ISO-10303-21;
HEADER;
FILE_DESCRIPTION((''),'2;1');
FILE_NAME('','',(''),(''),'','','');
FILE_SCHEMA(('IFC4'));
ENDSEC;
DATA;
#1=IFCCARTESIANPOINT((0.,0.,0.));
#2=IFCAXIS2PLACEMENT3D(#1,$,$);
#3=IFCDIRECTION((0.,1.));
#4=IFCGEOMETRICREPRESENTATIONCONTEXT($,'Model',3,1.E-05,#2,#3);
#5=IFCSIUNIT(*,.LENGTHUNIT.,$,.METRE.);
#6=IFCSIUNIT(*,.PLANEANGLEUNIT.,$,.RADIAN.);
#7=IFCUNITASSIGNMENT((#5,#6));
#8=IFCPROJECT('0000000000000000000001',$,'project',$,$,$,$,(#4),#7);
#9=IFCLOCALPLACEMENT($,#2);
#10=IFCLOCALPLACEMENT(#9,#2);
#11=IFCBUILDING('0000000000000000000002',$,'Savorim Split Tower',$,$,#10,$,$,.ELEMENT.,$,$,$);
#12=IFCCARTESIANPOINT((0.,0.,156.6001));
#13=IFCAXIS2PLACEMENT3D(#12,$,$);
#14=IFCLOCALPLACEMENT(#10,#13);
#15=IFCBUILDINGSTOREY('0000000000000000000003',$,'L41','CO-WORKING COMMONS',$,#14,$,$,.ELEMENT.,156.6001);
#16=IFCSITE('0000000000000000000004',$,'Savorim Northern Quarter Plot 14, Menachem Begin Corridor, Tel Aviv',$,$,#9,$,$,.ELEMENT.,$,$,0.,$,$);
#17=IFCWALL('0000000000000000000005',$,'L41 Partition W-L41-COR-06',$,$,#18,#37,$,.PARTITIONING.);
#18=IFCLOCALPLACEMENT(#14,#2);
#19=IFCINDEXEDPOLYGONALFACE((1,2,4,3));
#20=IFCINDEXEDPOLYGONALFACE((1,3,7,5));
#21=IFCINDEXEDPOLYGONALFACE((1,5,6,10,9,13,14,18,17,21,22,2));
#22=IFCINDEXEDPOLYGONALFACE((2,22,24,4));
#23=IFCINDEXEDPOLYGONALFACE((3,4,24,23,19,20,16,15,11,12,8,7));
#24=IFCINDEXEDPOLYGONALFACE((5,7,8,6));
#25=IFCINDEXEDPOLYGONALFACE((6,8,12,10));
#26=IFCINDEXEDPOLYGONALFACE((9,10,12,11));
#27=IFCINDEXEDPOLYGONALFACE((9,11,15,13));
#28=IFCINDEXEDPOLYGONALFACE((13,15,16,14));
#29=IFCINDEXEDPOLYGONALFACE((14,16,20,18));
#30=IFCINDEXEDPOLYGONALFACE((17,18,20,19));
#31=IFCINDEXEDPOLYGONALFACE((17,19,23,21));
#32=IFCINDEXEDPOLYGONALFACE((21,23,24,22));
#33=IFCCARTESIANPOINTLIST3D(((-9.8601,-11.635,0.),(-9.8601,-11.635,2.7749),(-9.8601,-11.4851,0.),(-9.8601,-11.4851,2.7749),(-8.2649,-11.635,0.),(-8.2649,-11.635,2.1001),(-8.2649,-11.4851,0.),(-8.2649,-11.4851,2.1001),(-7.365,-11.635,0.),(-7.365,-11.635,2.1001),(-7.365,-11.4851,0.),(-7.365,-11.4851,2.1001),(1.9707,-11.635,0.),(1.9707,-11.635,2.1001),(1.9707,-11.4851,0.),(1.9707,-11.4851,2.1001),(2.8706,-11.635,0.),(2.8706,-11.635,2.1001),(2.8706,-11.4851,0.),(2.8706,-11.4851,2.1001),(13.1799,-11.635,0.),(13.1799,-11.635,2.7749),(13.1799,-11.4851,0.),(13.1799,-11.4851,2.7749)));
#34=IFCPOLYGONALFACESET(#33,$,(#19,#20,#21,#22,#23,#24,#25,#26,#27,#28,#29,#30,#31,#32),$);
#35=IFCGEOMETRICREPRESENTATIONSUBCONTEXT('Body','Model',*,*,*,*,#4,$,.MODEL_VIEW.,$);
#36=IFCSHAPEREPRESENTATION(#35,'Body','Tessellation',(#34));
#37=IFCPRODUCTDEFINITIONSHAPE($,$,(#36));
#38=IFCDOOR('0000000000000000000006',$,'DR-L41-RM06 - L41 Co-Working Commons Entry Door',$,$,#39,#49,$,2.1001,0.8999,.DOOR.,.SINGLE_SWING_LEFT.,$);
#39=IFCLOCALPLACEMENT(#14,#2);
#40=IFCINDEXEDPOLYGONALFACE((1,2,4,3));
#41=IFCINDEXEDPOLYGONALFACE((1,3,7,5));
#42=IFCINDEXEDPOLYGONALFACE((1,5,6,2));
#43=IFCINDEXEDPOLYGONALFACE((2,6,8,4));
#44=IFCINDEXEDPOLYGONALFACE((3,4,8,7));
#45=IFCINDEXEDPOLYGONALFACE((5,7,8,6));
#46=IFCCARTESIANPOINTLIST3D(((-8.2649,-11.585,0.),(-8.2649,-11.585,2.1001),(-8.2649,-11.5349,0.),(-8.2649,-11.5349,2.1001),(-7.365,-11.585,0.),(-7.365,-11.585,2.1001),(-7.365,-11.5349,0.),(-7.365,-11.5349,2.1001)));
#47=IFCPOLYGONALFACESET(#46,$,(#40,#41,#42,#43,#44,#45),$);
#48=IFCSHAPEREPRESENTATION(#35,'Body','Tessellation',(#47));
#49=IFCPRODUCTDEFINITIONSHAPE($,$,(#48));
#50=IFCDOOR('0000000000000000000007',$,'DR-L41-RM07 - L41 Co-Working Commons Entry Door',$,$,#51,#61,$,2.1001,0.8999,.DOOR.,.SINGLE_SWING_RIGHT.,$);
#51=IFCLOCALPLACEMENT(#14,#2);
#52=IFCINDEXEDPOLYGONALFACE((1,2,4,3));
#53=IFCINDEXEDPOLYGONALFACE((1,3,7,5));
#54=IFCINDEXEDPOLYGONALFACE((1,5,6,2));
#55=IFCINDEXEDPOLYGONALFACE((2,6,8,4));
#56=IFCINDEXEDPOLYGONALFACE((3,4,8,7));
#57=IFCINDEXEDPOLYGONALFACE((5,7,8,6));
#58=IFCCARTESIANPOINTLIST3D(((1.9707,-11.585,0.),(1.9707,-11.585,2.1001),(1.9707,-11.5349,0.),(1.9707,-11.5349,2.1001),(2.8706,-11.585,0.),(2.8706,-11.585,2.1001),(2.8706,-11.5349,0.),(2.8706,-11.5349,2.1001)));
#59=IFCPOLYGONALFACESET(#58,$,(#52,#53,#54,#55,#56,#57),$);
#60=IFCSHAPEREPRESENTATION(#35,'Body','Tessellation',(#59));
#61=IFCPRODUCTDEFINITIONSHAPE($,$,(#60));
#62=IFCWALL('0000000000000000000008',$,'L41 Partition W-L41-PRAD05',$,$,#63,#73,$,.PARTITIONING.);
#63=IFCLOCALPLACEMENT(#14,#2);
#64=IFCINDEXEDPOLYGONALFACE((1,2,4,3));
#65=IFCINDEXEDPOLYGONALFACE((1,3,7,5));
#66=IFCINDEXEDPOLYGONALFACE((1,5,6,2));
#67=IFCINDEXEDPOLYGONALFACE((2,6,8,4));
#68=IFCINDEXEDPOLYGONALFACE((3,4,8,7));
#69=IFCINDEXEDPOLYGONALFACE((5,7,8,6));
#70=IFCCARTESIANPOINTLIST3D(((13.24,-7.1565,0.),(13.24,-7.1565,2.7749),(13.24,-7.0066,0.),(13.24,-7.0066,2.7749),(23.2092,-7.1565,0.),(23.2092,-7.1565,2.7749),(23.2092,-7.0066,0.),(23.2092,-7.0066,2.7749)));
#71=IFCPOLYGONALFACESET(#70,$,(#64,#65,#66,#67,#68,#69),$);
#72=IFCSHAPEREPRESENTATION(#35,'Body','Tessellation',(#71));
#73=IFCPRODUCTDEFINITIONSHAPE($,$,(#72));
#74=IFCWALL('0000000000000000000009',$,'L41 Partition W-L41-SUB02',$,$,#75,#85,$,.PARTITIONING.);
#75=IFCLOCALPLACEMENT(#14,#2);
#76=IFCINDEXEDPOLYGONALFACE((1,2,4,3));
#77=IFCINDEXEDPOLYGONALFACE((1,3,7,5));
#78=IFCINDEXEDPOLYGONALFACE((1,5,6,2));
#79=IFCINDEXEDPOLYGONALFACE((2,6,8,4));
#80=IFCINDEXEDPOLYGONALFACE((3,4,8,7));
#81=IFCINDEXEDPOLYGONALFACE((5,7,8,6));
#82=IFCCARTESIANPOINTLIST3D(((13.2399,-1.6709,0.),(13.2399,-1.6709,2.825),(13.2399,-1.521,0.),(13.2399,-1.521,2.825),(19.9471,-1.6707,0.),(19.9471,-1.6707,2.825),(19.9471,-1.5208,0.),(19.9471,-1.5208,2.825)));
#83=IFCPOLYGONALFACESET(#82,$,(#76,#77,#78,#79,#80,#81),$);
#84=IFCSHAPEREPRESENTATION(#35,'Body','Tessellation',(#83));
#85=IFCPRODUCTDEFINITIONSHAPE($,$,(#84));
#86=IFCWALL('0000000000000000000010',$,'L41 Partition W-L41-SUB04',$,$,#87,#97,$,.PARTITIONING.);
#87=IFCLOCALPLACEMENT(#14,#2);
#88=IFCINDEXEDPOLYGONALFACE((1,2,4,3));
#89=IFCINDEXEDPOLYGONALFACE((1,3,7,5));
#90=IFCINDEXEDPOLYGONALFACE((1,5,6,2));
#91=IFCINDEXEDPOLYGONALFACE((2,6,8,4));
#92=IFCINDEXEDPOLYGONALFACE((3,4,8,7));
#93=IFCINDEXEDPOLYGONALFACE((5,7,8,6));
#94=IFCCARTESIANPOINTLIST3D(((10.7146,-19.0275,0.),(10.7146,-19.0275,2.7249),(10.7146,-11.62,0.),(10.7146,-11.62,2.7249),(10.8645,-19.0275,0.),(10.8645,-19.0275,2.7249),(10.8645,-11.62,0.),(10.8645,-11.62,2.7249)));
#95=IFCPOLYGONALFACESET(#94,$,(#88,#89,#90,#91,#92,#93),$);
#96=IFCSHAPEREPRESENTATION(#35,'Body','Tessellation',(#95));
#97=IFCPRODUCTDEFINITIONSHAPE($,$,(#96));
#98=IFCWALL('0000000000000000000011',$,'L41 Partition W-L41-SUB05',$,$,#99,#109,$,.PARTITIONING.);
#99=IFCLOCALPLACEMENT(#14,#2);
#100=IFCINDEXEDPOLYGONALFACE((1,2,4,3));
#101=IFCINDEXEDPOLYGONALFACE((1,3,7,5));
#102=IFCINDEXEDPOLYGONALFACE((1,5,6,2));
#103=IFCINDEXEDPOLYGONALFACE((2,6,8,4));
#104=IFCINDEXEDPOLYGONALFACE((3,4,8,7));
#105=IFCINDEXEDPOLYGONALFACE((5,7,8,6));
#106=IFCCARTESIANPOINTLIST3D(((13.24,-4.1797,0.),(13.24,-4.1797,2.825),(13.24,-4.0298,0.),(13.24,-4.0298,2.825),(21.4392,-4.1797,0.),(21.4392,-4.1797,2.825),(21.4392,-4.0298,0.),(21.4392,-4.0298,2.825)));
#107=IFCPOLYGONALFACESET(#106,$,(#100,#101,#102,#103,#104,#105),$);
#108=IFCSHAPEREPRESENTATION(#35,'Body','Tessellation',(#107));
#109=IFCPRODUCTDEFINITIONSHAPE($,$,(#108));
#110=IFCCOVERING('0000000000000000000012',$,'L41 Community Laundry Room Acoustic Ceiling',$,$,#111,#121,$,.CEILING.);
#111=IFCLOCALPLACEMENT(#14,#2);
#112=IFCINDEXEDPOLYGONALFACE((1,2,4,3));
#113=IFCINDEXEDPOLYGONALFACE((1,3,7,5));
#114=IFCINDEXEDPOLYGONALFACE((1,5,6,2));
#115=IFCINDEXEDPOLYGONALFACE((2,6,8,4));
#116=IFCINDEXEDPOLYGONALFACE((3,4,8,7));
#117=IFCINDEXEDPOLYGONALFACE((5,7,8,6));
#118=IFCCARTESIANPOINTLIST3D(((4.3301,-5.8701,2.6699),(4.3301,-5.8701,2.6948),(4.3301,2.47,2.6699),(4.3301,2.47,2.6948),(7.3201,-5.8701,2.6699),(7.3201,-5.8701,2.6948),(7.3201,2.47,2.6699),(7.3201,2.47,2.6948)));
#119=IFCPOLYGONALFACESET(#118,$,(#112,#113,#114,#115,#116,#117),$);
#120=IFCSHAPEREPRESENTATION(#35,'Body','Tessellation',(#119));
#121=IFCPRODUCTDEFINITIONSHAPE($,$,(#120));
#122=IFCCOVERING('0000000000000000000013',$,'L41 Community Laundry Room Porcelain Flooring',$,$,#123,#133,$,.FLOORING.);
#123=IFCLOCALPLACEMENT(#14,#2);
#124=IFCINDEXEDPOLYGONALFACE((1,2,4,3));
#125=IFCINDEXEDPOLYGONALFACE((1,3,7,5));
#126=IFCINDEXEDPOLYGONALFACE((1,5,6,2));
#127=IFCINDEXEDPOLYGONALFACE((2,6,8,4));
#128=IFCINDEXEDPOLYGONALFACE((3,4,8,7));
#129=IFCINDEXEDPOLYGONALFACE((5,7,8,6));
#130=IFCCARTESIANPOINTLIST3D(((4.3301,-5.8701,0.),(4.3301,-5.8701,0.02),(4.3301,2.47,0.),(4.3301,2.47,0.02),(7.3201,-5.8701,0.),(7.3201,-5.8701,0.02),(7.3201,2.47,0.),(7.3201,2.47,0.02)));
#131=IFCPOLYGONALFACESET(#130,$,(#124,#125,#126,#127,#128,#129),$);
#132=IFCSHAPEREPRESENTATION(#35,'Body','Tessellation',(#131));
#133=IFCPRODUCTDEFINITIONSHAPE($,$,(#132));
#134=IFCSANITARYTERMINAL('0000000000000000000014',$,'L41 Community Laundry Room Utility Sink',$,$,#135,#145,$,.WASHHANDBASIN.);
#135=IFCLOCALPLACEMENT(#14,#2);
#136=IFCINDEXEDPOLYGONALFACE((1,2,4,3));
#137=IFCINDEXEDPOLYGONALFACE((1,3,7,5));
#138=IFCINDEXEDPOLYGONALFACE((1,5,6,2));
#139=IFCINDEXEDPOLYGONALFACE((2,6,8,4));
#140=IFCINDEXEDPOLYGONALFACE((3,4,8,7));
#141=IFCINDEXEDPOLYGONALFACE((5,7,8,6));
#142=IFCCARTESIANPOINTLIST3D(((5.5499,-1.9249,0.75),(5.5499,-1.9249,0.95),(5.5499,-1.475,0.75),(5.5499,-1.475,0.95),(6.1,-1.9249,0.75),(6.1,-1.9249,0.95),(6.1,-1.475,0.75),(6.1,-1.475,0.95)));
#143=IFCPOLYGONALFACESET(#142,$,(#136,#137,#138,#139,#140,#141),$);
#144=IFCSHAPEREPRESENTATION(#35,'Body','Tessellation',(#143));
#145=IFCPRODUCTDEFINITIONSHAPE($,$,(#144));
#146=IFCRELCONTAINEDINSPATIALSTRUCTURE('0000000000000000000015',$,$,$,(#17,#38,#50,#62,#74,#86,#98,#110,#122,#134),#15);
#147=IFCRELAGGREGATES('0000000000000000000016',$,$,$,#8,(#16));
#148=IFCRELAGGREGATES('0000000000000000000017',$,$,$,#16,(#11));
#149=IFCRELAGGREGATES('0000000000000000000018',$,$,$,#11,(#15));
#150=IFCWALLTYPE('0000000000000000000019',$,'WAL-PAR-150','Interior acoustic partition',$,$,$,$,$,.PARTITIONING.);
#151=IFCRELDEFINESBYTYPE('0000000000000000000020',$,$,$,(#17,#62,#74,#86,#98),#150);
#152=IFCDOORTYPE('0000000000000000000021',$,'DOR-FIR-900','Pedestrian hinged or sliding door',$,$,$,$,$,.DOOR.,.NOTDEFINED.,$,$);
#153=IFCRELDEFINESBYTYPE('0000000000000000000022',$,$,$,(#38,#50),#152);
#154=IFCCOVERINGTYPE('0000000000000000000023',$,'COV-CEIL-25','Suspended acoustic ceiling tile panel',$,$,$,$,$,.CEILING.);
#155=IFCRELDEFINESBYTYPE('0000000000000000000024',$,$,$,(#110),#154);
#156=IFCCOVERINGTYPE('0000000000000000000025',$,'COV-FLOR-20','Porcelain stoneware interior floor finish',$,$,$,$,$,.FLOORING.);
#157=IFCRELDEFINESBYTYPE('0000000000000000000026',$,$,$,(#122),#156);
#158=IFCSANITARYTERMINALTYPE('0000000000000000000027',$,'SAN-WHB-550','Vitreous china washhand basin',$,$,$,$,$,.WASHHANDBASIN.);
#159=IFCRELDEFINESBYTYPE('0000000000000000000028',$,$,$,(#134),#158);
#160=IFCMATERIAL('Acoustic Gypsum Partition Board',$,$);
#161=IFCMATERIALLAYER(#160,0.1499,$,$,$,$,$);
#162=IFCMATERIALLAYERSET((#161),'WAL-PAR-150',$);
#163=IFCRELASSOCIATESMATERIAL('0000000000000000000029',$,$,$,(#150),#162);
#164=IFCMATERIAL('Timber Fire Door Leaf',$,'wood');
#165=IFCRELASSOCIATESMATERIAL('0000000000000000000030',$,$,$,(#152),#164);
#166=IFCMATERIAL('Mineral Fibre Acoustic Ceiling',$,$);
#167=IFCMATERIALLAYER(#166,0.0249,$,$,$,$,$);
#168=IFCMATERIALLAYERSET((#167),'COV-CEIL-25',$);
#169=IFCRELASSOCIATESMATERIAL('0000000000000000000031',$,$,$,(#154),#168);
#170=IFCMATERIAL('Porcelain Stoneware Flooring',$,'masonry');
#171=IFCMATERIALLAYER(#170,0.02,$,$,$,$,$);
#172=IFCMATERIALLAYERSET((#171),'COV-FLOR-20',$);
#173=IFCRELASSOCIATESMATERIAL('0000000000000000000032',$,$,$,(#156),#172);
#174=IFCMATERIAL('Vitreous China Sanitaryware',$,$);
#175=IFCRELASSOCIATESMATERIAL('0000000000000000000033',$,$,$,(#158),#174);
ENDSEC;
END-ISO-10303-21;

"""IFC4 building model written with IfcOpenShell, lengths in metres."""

from ifc_helpers import new_model, si_unit, direction, frame, frame_2d, origin, origin_2d, place, context, subcontext, project, spatial, polyline, rectangle, outline, extrude, material, layer, layer_set, type_object, element, fill, save


model = new_model("IFC4")

# Units and contexts
model_context = context("Model", 3, precision=1e-05, world=origin(), true_north=direction((0.0, 1.0)))
body_context = subcontext(model_context, "Body", "Model", "MODEL_VIEW")
ifc_project = project(units=[si_unit("LENGTHUNIT", "METRE"), si_unit("PLANEANGLEUNIT", "RADIAN")], contexts=[model_context])

# Site, building, storey
site_placement = place(None, origin())
site = spatial("IfcSite", under=ifc_project, at=site_placement, Name="Savorim Northern Quarter Plot 14, Menachem Begin Corridor, Tel Aviv", CompositionType="ELEMENT", RefElevation=0.0)
building_placement = place(site_placement, origin())
building = spatial("IfcBuilding", under=site, at=building_placement, Name="Savorim Split Tower", CompositionType="ELEMENT")
storey_placement = place(building_placement, frame((0.0, 0.0, 156.6001)))
storey = spatial("IfcBuildingStorey", under=building, at=storey_placement, Name="L41", Description="CO-WORKING COMMONS", CompositionType="ELEMENT", Elevation=156.6001)

# Shared definitions
ifc_material_1 = material(Name="Timber Fire Door Leaf", Category="wood")

# Shared definitions
ifc_material_2 = material(Name="Acoustic Gypsum Partition Board")
ifc_layer_1 = layer(ifc_material_2, 0.1499)
ifc_layer_set_1 = layer_set([ifc_layer_1], Name="WAL-PAR-150")
wall_type_1 = type_object("IfcWallType", Name="WAL-PAR-150", Description="Interior acoustic partition", PredefinedType="PARTITIONING", material=ifc_layer_set_1)
door_type_1 = type_object("IfcDoorType", Name="DOR-FIR-900", Description="Pedestrian hinged or sliding door", OperationType="NOTDEFINED", PredefinedType="DOOR", material=ifc_material_1)

# Wall, openings, doors
wall_1_placement = place(storey_placement, frame((13.1799, -11.5601, 0.0), z_axis=(0.0, 0.0, 1.0), x_axis=(-1.0, 0.0, 0.0)))
wall_1 = element("IfcWall", 1, at=wall_1_placement, inside=storey, type_object=wall_type_1, Name="L41 Partition W-L41-COR-06", PredefinedType="PARTITIONING", context=body_context, shape_type="SweptSolid", body=[
    extrude(rectangle(XDim=23.04, YDim=0.1499, at=frame_2d((11.52, 0.0))), origin(), (0.0, 0.0, 1.0), 2.7749),
])
opening_1_placement = place(wall_1_placement, frame((20.5449, 0.0, 0.0)))
opening_1 = element("IfcOpeningElement", 2, at=opening_1_placement, cuts=wall_1, PredefinedType="OPENING", context=body_context, shape_type="SweptSolid", body=[
    extrude(rectangle(XDim=0.8999, YDim=2.1001, at=frame_2d((0.45, 1.05))), frame((0.0, 0.085, 0.0), z_axis=(0.0, -1.0, 0.0), x_axis=(1.0, 0.0, 0.0)), (0.0, 0.0, 1.0), 0.1699),
])
opening_2_placement = place(wall_1_placement, frame((10.3093, 0.0, 0.0)))
opening_2 = element("IfcOpeningElement", 3, at=opening_2_placement, cuts=wall_1, PredefinedType="OPENING", context=body_context, shape_type="SweptSolid", body=[
    extrude(rectangle(XDim=0.8999, YDim=2.1001, at=frame_2d((0.45, 1.05))), frame((0.0, 0.085, 0.0), z_axis=(0.0, -1.0, 0.0), x_axis=(1.0, 0.0, 0.0)), (0.0, 0.0, 1.0), 0.1699),
])
door_1_placement = place(opening_1_placement, origin())
door_1 = element("IfcDoor", 4, at=door_1_placement, inside=storey, type_object=door_type_1, Name="DR-L41-RM06 - L41 Co-Working Commons Entry Door", OperationType="SINGLE_SWING_LEFT", OverallHeight=2.1001, OverallWidth=0.8999, PredefinedType="DOOR", context=body_context, shape_type="SweptSolid", body=[
    extrude(rectangle(XDim=0.8999, YDim=2.1001, at=frame_2d((0.45, 1.05))), frame((0.0, 0.0249, 0.0), z_axis=(0.0, -1.0, 0.0), x_axis=(1.0, 0.0, 0.0)), (0.0, 0.0, 1.0), 0.05),
])
fill(opening_1, door_1)
door_2_placement = place(opening_2_placement, origin())
door_2 = element("IfcDoor", 5, at=door_2_placement, inside=storey, type_object=door_type_1, Name="DR-L41-RM07 - L41 Co-Working Commons Entry Door", OperationType="SINGLE_SWING_RIGHT", OverallHeight=2.1001, OverallWidth=0.8999, PredefinedType="DOOR", context=body_context, shape_type="SweptSolid", body=[
    extrude(rectangle(XDim=0.8999, YDim=2.1001, at=frame_2d((0.45, 1.05))), frame((0.0, 0.0249, 0.0), z_axis=(0.0, -1.0, 0.0), x_axis=(1.0, 0.0, 0.0)), (0.0, 0.0, 1.0), 0.05),
])
fill(opening_2, door_2)

# Walls
wall_2_placement = place(storey_placement, frame((13.24, -7.0815, 0.0), z_axis=(0.0, 0.0, 1.0), x_axis=(1.0, 0.0, 0.0)))
element("IfcWall", 6, at=wall_2_placement, inside=storey, type_object=wall_type_1, Name="L41 Partition W-L41-PRAD05", PredefinedType="PARTITIONING", context=body_context, shape_type="SweptSolid", body=[
    extrude(rectangle(XDim=9.9692, YDim=0.1499, at=frame_2d((4.9846, 0.0))), origin(), (0.0, 0.0, 1.0), 2.7749),
])
wall_3_placement = place(storey_placement, frame((13.24, -1.5959, 0.0), z_axis=(0.0, 0.0, 1.0), x_axis=(1.0, 0.000036, 0.0)))
element("IfcWall", 7, at=wall_3_placement, inside=storey, type_object=wall_type_1, Name="L41 Partition W-L41-SUB02", PredefinedType="PARTITIONING", context=body_context, shape_type="SweptSolid", body=[
    extrude(rectangle(XDim=6.7073, YDim=0.1499, at=frame_2d((3.3535, 0.0))), origin(), (0.0, 0.0, 1.0), 2.825),
])
wall_4_placement = place(storey_placement, frame((10.7896, -11.6201, 0.0), z_axis=(0.0, 0.0, 1.0), x_axis=(0.0, -1.0, 0.0)))
element("IfcWall", 8, at=wall_4_placement, inside=storey, type_object=wall_type_1, Name="L41 Partition W-L41-SUB04", PredefinedType="PARTITIONING", context=body_context, shape_type="SweptSolid", body=[
    extrude(rectangle(XDim=7.4075, YDim=0.1499, at=frame_2d((3.7036, 0.0))), origin(), (0.0, 0.0, 1.0), 2.7249),
])
wall_5_placement = place(storey_placement, frame((13.24, -4.1047, 0.0), z_axis=(0.0, 0.0, 1.0), x_axis=(1.0, 0.0, 0.0)))
element("IfcWall", 9, at=wall_5_placement, inside=storey, type_object=wall_type_1, Name="L41 Partition W-L41-SUB05", PredefinedType="PARTITIONING", context=body_context, shape_type="SweptSolid", body=[
    extrude(rectangle(XDim=8.1992, YDim=0.1499, at=frame_2d((4.0996, 0.0))), origin(), (0.0, 0.0, 1.0), 2.825),
])

# Coverings
ifc_material_3 = material(Name="Mineral Fibre Acoustic Ceiling")
ifc_layer_2 = layer(ifc_material_3, 0.0249)
ifc_layer_set_2 = layer_set([ifc_layer_2], Name="COV-CEIL-25")
covering_type_1 = type_object("IfcCoveringType", Name="COV-CEIL-25", Description="Suspended acoustic ceiling tile panel", PredefinedType="CEILING", material=ifc_layer_set_2)
covering_1_placement = place(storey_placement, frame((0.0, 0.0, 2.6699)))
element("IfcCovering", 10, at=covering_1_placement, inside=storey, type_object=covering_type_1, Name="L41 Community Laundry Room Acoustic Ceiling", PredefinedType="CEILING", context=body_context, shape_type="SweptSolid", body=[
    extrude(outline(polyline([(4.3301, 2.47), (4.3301, -5.8701), (7.3201, -5.8701), (7.3201, 2.47), (4.3301, 2.47)])), origin(), (0.0, 0.0, 1.0), 0.0249),
])
ifc_material_4 = material(Name="Porcelain Stoneware Flooring", Category="masonry")
ifc_layer_3 = layer(ifc_material_4, 0.02)
ifc_layer_set_3 = layer_set([ifc_layer_3], Name="COV-FLOR-20")
covering_type_2 = type_object("IfcCoveringType", Name="COV-FLOR-20", Description="Porcelain stoneware interior floor finish", PredefinedType="FLOORING", material=ifc_layer_set_3)
covering_2_placement = place(storey_placement, origin())
element("IfcCovering", 11, at=covering_2_placement, inside=storey, type_object=covering_type_2, Name="L41 Community Laundry Room Porcelain Flooring", PredefinedType="FLOORING", context=body_context, shape_type="SweptSolid", body=[
    extrude(outline(polyline([(4.3301, 2.47), (4.3301, -5.8701), (7.3201, -5.8701), (7.3201, 2.47), (4.3301, 2.47)])), origin(), (0.0, 0.0, 1.0), 0.02),
])

# Sanitary terminal
ifc_material_5 = material(Name="Vitreous China Sanitaryware")
sanitary_terminal_type = type_object("IfcSanitaryTerminalType", Name="SAN-WHB-550", Description="Vitreous china washhand basin", PredefinedType="WASHHANDBASIN", material=ifc_material_5)
sanitary_terminal_placement = place(storey_placement, frame((5.825, -1.7, 0.75), z_axis=(0.0, 0.0, 1.0), x_axis=(1.0, 0.0, 0.0)))
element("IfcSanitaryTerminal", 12, at=sanitary_terminal_placement, inside=storey, type_object=sanitary_terminal_type, Name="L41 Community Laundry Room Utility Sink", PredefinedType="WASHHANDBASIN", context=body_context, shape_type="SweptSolid", body=[
    extrude(rectangle(XDim=0.55, YDim=0.45, at=origin_2d()), origin(), (0.0, 0.0, 1.0), 0.2),
])

save(model, "model.ifc")
